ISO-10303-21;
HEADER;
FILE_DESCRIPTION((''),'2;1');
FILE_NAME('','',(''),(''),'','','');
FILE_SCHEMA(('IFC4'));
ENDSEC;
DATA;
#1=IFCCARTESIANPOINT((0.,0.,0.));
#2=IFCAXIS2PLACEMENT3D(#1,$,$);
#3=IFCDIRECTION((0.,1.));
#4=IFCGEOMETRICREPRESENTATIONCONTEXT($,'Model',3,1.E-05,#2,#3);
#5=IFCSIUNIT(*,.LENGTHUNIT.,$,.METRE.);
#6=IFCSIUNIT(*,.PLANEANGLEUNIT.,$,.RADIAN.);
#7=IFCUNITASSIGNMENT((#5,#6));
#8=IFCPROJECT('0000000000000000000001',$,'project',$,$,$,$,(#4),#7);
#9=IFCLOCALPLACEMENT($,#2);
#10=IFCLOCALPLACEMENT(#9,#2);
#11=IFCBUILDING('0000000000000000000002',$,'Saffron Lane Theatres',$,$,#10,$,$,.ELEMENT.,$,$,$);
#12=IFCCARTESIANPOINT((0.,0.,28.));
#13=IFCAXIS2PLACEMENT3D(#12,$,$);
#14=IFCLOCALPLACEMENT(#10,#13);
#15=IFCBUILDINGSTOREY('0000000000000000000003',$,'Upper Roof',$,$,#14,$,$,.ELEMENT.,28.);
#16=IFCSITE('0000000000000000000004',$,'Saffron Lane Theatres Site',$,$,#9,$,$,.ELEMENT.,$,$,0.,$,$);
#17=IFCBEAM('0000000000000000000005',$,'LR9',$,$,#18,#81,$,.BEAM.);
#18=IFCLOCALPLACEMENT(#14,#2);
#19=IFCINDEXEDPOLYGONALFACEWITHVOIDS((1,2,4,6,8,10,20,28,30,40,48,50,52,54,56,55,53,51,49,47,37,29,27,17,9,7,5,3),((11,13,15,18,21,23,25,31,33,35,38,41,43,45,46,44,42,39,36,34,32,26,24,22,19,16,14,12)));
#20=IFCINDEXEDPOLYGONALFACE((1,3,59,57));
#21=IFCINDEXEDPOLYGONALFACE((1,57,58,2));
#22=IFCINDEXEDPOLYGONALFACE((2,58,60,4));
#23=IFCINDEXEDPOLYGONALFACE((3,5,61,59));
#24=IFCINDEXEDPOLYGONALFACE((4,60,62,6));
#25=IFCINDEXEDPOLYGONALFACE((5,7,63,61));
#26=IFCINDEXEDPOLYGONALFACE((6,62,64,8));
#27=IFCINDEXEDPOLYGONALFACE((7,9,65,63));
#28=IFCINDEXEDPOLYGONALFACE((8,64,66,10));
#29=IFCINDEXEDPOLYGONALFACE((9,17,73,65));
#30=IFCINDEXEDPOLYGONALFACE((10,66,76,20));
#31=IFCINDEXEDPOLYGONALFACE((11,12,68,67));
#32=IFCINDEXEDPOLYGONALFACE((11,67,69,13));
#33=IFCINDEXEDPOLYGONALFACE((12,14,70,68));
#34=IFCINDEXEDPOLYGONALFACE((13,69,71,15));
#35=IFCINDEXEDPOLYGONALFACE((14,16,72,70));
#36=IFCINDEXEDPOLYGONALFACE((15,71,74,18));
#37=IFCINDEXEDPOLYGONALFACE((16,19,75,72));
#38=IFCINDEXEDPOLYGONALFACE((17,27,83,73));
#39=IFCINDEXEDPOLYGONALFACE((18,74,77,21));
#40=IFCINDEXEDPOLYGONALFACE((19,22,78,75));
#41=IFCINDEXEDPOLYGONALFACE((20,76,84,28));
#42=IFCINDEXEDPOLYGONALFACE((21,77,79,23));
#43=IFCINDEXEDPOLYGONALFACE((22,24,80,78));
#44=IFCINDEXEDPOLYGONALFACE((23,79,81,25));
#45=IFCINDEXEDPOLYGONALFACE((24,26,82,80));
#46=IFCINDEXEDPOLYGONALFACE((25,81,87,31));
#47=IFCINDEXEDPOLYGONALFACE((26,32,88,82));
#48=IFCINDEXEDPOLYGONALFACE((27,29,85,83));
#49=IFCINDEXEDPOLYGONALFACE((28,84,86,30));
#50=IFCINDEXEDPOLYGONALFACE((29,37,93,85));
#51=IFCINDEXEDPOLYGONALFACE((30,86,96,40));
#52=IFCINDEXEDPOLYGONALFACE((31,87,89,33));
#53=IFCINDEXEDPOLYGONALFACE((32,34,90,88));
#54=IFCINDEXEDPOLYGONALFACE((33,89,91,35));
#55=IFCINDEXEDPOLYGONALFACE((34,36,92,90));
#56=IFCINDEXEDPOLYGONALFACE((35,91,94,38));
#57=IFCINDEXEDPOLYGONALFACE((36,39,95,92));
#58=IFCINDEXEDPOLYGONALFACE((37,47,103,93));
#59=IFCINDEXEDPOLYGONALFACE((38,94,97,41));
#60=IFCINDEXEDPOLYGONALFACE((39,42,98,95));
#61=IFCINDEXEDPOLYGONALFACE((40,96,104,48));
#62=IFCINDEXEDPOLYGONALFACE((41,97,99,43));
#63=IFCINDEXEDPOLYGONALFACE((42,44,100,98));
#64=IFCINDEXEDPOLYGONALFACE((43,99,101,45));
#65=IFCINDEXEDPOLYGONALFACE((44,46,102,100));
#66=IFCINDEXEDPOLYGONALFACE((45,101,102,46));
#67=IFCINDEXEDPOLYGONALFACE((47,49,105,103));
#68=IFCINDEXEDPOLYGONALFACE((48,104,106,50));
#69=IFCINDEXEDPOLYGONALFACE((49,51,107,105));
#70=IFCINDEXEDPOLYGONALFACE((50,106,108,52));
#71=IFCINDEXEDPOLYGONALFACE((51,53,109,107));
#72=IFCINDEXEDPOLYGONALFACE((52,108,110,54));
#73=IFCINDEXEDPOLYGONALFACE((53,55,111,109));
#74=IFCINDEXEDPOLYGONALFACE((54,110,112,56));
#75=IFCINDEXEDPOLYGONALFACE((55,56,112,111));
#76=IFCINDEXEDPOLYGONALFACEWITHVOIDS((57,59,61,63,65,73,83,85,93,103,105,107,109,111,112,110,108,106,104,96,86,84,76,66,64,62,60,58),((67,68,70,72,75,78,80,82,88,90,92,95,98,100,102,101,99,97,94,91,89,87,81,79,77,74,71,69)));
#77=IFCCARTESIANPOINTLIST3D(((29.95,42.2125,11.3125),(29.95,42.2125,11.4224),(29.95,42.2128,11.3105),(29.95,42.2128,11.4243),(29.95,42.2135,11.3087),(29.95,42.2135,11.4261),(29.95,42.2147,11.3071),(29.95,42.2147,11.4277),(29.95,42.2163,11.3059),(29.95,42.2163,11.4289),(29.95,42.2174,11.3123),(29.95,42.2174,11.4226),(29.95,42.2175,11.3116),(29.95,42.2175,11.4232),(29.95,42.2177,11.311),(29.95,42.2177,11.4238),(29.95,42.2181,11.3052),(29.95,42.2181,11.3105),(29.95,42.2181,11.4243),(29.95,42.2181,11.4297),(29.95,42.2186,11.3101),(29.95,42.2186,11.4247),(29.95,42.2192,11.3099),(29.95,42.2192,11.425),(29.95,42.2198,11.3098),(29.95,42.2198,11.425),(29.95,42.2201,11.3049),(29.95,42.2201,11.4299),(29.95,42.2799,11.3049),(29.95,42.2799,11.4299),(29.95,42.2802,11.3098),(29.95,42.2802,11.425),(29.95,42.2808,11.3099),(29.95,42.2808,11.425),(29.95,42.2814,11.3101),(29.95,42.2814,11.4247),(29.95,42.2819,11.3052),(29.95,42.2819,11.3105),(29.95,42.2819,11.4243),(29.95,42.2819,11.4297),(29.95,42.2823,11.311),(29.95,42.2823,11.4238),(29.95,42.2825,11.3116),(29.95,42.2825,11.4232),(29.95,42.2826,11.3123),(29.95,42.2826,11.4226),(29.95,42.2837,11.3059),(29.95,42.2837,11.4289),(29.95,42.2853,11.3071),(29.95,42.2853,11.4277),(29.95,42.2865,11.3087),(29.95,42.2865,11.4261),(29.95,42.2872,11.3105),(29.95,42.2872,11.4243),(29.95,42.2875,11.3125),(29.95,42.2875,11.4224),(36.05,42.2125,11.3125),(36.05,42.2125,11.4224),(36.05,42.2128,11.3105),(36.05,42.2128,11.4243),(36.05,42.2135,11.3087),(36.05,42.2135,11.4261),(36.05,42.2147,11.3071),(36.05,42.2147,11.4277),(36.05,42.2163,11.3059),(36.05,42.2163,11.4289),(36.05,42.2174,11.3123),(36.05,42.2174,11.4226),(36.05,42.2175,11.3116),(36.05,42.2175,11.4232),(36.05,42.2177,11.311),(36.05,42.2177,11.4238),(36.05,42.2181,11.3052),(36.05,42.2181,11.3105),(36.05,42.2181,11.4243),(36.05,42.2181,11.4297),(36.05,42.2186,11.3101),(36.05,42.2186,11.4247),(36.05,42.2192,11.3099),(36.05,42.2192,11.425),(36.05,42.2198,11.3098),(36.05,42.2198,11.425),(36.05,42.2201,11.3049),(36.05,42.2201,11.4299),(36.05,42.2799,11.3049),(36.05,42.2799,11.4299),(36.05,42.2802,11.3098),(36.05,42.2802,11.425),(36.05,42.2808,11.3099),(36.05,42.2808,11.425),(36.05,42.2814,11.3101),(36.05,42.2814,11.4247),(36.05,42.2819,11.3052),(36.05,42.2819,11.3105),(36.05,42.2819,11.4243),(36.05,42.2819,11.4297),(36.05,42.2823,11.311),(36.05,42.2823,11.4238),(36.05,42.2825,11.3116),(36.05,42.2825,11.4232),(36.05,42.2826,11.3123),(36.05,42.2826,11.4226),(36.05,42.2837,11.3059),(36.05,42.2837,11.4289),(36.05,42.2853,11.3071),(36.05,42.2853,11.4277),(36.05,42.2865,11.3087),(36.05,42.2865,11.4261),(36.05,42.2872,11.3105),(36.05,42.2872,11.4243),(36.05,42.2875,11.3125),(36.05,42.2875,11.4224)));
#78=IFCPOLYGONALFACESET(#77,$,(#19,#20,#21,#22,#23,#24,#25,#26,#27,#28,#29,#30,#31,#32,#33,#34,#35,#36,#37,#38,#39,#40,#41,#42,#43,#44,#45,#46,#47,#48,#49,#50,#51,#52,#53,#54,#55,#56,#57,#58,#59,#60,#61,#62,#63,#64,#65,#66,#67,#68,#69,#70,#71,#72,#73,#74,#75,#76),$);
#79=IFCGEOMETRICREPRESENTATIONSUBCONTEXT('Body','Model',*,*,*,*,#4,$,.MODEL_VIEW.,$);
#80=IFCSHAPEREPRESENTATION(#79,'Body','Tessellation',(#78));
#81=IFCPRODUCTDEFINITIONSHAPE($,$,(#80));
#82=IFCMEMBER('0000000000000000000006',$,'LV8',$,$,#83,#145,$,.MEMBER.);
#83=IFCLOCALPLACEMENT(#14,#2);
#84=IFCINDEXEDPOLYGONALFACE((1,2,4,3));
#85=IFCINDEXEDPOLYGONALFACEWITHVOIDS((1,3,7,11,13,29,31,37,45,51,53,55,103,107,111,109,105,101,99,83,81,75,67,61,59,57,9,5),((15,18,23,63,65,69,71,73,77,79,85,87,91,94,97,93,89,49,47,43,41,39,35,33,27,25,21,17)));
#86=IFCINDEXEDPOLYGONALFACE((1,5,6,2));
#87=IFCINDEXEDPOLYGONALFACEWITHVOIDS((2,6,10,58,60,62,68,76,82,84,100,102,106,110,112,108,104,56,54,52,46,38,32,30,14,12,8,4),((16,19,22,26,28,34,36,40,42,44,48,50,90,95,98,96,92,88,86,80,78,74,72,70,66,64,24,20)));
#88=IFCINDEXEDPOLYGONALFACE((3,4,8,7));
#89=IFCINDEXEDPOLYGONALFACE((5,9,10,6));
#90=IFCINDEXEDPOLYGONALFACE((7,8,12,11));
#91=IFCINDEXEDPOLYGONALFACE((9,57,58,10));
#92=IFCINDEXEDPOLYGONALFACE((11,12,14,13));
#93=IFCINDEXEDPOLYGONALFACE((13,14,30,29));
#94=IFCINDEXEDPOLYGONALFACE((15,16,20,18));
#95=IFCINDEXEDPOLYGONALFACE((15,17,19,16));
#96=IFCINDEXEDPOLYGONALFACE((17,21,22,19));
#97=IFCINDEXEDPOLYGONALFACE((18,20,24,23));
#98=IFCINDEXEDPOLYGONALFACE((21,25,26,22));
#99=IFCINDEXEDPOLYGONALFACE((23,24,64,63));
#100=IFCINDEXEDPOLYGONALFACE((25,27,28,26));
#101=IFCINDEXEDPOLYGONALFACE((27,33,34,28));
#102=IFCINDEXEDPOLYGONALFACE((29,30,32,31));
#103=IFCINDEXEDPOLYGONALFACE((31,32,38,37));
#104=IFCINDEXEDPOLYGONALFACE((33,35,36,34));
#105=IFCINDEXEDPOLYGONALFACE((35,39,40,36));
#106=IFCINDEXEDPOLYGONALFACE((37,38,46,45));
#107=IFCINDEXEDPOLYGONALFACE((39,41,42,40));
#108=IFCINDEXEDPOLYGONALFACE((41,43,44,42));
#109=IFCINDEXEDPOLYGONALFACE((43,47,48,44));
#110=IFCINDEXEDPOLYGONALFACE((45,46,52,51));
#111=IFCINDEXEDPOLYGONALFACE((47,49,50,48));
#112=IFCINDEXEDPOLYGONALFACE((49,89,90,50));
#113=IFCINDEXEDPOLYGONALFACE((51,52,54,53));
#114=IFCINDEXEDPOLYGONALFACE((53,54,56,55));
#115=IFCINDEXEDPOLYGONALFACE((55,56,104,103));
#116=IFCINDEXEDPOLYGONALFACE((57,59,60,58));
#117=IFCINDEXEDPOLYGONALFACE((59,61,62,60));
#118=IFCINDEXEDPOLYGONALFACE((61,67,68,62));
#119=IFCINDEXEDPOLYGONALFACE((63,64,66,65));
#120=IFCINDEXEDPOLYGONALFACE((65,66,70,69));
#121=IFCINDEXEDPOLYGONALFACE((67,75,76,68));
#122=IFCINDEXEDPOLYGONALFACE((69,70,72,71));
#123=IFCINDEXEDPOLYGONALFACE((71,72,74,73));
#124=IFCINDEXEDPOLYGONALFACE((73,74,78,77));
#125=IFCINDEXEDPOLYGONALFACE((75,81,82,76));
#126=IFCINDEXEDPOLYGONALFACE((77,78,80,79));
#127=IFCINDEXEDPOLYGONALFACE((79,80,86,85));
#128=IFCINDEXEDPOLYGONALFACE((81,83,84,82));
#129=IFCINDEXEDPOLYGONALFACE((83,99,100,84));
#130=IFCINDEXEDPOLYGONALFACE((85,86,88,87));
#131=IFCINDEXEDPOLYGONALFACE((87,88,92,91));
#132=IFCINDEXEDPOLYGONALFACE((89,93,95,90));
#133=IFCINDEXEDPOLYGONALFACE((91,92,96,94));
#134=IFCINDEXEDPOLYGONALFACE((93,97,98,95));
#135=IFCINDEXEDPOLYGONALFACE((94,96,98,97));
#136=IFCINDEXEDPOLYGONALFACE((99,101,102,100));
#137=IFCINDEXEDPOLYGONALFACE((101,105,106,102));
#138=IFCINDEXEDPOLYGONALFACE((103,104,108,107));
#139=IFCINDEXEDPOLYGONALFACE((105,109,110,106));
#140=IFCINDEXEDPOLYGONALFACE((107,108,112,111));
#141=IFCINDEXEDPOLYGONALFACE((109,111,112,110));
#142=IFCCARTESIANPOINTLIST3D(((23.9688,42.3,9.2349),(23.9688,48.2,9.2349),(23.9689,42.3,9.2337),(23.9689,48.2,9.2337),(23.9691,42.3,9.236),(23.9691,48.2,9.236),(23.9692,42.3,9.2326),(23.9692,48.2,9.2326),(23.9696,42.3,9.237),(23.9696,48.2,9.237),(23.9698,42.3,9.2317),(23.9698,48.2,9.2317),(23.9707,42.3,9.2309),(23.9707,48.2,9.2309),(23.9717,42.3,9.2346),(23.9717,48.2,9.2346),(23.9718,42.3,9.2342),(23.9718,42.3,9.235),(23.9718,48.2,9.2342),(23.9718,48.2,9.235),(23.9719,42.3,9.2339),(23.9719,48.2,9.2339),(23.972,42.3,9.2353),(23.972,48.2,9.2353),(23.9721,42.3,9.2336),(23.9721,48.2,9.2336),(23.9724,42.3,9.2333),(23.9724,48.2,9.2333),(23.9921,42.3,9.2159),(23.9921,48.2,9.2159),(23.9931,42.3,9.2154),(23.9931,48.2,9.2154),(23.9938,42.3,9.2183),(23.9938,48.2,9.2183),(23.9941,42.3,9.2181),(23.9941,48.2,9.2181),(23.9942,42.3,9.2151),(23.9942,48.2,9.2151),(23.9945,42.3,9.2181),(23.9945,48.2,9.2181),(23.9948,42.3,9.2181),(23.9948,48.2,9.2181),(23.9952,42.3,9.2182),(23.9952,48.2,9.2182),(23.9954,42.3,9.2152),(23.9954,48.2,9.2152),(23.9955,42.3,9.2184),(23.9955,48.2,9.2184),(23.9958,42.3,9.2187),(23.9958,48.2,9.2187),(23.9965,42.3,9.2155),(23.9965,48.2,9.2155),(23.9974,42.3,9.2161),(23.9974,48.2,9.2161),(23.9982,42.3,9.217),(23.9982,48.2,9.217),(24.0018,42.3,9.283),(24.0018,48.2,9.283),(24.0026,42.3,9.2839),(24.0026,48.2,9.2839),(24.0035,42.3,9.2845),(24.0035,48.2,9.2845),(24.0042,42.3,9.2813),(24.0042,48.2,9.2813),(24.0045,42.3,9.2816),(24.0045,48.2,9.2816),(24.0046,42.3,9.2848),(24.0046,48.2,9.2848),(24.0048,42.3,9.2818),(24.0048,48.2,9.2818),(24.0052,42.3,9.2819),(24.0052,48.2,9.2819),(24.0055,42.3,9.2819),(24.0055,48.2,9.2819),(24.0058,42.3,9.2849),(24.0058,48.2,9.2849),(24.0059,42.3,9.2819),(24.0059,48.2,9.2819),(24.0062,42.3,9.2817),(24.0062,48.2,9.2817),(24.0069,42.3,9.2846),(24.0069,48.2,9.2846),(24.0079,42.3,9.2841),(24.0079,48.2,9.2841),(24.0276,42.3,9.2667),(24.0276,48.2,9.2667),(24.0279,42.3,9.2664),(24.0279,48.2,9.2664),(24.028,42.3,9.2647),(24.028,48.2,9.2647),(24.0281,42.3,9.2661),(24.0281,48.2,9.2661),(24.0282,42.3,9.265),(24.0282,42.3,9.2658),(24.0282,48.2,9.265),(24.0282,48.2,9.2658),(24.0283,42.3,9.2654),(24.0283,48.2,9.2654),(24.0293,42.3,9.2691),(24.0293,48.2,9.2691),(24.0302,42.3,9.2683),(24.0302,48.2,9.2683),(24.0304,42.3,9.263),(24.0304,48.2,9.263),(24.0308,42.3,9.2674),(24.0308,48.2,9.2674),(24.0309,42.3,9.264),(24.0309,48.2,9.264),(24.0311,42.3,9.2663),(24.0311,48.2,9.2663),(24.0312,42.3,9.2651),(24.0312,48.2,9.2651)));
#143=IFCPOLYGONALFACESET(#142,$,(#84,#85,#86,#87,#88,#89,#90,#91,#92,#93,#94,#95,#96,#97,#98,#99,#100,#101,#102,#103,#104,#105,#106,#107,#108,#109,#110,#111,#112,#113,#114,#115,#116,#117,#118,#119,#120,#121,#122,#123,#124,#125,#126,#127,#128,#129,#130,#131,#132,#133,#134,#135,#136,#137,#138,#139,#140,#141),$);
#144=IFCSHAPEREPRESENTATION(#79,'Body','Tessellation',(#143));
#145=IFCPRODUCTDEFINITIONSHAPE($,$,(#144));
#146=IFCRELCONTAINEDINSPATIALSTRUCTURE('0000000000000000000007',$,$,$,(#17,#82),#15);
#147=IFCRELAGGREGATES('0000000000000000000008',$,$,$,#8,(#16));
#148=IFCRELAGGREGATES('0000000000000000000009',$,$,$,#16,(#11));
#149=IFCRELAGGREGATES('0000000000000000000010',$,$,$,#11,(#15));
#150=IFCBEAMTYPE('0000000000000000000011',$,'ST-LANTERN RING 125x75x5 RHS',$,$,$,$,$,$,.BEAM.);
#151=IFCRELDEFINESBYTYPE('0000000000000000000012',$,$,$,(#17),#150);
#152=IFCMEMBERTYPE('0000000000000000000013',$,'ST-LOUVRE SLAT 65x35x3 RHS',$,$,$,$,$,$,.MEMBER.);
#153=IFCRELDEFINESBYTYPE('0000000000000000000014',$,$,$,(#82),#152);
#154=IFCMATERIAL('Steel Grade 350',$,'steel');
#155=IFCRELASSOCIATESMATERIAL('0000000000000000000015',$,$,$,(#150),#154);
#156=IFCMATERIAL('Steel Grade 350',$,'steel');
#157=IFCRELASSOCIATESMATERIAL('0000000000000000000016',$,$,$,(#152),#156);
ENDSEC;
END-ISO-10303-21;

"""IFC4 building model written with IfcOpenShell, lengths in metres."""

from ifc_helpers import new_model, si_unit, direction, frame, origin, origin_2d, place, context, subcontext, project, spatial, hollow_rectangle, extrude, material, material_profile, profile_set, type_object, element, save


model = new_model("IFC4")

# Units and contexts
model_context = context("Model", 3, precision=1e-05, world=origin(), true_north=direction((0.0, 1.0)))
body_context = subcontext(model_context, "Body", "Model", "MODEL_VIEW")
ifc_project = project(units=[si_unit("LENGTHUNIT", "METRE"), si_unit("PLANEANGLEUNIT", "RADIAN")], contexts=[model_context])

# Site, building, storey
site_placement = place(None, origin())
site = spatial("IfcSite", under=ifc_project, at=site_placement, Name="Saffron Lane Theatres Site", CompositionType="ELEMENT", RefElevation=0.0)
building_placement = place(site_placement, origin())
building = spatial("IfcBuilding", under=site, at=building_placement, Name="Saffron Lane Theatres", CompositionType="ELEMENT")
storey_placement = place(building_placement, frame((0.0, 0.0, 28.0)))
storey = spatial("IfcBuildingStorey", under=building, at=storey_placement, Name="Upper Roof", CompositionType="ELEMENT", Elevation=28.0)

# Beam
ifc_material_1 = material(Name="Steel Grade 350", Category="steel")
ifc_material_profile_1 = material_profile(ifc_material_1, hollow_rectangle(XDim=0.075, YDim=0.125, WallThickness=0.0049, InnerFilletRadius=0.0024, OuterFilletRadius=0.0076, at=origin_2d()))
ifc_profile_set_1 = profile_set([ifc_material_profile_1], Name="Steel Grade 350")
beam_type_1 = type_object("IfcBeamType", Name="ST-LANTERN RING 125x75x5 RHS", PredefinedType="BEAM", material=ifc_profile_set_1)
beam_1_placement = place(storey_placement, frame((29.95, 42.25, 11.3674), z_axis=(1.0, 0.0, 0.0), x_axis=(0.0, 1.0, 0.0)))
element("IfcBeam", 1, at=beam_1_placement, inside=storey, type_object=beam_type_1, Name="LR9", PredefinedType="BEAM", context=body_context, shape_type="SweptSolid", body=[
    extrude(hollow_rectangle(XDim=0.075, YDim=0.125, WallThickness=0.0049, InnerFilletRadius=0.0024, OuterFilletRadius=0.0076, at=origin_2d()), origin(), (0.0, 0.0, 1.0), 6.1001),
])

# Member
ifc_material_2 = material(Name="Steel Grade 350", Category="steel")
ifc_material_profile_2 = material_profile(ifc_material_2, hollow_rectangle(XDim=0.0349, YDim=0.0649, WallThickness=0.0029, InnerFilletRadius=0.0015, OuterFilletRadius=0.0044, at=origin_2d()))
ifc_profile_set_2 = profile_set([ifc_material_profile_2], Name="Steel Grade 350")
member_type_1 = type_object("IfcMemberType", Name="ST-LOUVRE SLAT 65x35x3 RHS", PredefinedType="MEMBER", material=ifc_profile_set_2)
for number, where, z_axis, x_axis, name in (
    (2, (24.0, 42.3, 9.25), (0.0, 1.0, 0.0), (-0.819152, 0.0, 0.573576), "LV8"),
):
    element("IfcMember", number, at=place(storey_placement, frame(where, z_axis=z_axis, x_axis=x_axis)), inside=storey, type_object=member_type_1, Name=name, PredefinedType="MEMBER", context=body_context, shape_type="SweptSolid", body=[
        extrude(hollow_rectangle(XDim=0.0349, YDim=0.0649, WallThickness=0.0029, InnerFilletRadius=0.0015, OuterFilletRadius=0.0044, at=origin_2d()), origin(), (0.0, 0.0, 1.0), 5.8999),
    ])

save(model, "model.ifc")
